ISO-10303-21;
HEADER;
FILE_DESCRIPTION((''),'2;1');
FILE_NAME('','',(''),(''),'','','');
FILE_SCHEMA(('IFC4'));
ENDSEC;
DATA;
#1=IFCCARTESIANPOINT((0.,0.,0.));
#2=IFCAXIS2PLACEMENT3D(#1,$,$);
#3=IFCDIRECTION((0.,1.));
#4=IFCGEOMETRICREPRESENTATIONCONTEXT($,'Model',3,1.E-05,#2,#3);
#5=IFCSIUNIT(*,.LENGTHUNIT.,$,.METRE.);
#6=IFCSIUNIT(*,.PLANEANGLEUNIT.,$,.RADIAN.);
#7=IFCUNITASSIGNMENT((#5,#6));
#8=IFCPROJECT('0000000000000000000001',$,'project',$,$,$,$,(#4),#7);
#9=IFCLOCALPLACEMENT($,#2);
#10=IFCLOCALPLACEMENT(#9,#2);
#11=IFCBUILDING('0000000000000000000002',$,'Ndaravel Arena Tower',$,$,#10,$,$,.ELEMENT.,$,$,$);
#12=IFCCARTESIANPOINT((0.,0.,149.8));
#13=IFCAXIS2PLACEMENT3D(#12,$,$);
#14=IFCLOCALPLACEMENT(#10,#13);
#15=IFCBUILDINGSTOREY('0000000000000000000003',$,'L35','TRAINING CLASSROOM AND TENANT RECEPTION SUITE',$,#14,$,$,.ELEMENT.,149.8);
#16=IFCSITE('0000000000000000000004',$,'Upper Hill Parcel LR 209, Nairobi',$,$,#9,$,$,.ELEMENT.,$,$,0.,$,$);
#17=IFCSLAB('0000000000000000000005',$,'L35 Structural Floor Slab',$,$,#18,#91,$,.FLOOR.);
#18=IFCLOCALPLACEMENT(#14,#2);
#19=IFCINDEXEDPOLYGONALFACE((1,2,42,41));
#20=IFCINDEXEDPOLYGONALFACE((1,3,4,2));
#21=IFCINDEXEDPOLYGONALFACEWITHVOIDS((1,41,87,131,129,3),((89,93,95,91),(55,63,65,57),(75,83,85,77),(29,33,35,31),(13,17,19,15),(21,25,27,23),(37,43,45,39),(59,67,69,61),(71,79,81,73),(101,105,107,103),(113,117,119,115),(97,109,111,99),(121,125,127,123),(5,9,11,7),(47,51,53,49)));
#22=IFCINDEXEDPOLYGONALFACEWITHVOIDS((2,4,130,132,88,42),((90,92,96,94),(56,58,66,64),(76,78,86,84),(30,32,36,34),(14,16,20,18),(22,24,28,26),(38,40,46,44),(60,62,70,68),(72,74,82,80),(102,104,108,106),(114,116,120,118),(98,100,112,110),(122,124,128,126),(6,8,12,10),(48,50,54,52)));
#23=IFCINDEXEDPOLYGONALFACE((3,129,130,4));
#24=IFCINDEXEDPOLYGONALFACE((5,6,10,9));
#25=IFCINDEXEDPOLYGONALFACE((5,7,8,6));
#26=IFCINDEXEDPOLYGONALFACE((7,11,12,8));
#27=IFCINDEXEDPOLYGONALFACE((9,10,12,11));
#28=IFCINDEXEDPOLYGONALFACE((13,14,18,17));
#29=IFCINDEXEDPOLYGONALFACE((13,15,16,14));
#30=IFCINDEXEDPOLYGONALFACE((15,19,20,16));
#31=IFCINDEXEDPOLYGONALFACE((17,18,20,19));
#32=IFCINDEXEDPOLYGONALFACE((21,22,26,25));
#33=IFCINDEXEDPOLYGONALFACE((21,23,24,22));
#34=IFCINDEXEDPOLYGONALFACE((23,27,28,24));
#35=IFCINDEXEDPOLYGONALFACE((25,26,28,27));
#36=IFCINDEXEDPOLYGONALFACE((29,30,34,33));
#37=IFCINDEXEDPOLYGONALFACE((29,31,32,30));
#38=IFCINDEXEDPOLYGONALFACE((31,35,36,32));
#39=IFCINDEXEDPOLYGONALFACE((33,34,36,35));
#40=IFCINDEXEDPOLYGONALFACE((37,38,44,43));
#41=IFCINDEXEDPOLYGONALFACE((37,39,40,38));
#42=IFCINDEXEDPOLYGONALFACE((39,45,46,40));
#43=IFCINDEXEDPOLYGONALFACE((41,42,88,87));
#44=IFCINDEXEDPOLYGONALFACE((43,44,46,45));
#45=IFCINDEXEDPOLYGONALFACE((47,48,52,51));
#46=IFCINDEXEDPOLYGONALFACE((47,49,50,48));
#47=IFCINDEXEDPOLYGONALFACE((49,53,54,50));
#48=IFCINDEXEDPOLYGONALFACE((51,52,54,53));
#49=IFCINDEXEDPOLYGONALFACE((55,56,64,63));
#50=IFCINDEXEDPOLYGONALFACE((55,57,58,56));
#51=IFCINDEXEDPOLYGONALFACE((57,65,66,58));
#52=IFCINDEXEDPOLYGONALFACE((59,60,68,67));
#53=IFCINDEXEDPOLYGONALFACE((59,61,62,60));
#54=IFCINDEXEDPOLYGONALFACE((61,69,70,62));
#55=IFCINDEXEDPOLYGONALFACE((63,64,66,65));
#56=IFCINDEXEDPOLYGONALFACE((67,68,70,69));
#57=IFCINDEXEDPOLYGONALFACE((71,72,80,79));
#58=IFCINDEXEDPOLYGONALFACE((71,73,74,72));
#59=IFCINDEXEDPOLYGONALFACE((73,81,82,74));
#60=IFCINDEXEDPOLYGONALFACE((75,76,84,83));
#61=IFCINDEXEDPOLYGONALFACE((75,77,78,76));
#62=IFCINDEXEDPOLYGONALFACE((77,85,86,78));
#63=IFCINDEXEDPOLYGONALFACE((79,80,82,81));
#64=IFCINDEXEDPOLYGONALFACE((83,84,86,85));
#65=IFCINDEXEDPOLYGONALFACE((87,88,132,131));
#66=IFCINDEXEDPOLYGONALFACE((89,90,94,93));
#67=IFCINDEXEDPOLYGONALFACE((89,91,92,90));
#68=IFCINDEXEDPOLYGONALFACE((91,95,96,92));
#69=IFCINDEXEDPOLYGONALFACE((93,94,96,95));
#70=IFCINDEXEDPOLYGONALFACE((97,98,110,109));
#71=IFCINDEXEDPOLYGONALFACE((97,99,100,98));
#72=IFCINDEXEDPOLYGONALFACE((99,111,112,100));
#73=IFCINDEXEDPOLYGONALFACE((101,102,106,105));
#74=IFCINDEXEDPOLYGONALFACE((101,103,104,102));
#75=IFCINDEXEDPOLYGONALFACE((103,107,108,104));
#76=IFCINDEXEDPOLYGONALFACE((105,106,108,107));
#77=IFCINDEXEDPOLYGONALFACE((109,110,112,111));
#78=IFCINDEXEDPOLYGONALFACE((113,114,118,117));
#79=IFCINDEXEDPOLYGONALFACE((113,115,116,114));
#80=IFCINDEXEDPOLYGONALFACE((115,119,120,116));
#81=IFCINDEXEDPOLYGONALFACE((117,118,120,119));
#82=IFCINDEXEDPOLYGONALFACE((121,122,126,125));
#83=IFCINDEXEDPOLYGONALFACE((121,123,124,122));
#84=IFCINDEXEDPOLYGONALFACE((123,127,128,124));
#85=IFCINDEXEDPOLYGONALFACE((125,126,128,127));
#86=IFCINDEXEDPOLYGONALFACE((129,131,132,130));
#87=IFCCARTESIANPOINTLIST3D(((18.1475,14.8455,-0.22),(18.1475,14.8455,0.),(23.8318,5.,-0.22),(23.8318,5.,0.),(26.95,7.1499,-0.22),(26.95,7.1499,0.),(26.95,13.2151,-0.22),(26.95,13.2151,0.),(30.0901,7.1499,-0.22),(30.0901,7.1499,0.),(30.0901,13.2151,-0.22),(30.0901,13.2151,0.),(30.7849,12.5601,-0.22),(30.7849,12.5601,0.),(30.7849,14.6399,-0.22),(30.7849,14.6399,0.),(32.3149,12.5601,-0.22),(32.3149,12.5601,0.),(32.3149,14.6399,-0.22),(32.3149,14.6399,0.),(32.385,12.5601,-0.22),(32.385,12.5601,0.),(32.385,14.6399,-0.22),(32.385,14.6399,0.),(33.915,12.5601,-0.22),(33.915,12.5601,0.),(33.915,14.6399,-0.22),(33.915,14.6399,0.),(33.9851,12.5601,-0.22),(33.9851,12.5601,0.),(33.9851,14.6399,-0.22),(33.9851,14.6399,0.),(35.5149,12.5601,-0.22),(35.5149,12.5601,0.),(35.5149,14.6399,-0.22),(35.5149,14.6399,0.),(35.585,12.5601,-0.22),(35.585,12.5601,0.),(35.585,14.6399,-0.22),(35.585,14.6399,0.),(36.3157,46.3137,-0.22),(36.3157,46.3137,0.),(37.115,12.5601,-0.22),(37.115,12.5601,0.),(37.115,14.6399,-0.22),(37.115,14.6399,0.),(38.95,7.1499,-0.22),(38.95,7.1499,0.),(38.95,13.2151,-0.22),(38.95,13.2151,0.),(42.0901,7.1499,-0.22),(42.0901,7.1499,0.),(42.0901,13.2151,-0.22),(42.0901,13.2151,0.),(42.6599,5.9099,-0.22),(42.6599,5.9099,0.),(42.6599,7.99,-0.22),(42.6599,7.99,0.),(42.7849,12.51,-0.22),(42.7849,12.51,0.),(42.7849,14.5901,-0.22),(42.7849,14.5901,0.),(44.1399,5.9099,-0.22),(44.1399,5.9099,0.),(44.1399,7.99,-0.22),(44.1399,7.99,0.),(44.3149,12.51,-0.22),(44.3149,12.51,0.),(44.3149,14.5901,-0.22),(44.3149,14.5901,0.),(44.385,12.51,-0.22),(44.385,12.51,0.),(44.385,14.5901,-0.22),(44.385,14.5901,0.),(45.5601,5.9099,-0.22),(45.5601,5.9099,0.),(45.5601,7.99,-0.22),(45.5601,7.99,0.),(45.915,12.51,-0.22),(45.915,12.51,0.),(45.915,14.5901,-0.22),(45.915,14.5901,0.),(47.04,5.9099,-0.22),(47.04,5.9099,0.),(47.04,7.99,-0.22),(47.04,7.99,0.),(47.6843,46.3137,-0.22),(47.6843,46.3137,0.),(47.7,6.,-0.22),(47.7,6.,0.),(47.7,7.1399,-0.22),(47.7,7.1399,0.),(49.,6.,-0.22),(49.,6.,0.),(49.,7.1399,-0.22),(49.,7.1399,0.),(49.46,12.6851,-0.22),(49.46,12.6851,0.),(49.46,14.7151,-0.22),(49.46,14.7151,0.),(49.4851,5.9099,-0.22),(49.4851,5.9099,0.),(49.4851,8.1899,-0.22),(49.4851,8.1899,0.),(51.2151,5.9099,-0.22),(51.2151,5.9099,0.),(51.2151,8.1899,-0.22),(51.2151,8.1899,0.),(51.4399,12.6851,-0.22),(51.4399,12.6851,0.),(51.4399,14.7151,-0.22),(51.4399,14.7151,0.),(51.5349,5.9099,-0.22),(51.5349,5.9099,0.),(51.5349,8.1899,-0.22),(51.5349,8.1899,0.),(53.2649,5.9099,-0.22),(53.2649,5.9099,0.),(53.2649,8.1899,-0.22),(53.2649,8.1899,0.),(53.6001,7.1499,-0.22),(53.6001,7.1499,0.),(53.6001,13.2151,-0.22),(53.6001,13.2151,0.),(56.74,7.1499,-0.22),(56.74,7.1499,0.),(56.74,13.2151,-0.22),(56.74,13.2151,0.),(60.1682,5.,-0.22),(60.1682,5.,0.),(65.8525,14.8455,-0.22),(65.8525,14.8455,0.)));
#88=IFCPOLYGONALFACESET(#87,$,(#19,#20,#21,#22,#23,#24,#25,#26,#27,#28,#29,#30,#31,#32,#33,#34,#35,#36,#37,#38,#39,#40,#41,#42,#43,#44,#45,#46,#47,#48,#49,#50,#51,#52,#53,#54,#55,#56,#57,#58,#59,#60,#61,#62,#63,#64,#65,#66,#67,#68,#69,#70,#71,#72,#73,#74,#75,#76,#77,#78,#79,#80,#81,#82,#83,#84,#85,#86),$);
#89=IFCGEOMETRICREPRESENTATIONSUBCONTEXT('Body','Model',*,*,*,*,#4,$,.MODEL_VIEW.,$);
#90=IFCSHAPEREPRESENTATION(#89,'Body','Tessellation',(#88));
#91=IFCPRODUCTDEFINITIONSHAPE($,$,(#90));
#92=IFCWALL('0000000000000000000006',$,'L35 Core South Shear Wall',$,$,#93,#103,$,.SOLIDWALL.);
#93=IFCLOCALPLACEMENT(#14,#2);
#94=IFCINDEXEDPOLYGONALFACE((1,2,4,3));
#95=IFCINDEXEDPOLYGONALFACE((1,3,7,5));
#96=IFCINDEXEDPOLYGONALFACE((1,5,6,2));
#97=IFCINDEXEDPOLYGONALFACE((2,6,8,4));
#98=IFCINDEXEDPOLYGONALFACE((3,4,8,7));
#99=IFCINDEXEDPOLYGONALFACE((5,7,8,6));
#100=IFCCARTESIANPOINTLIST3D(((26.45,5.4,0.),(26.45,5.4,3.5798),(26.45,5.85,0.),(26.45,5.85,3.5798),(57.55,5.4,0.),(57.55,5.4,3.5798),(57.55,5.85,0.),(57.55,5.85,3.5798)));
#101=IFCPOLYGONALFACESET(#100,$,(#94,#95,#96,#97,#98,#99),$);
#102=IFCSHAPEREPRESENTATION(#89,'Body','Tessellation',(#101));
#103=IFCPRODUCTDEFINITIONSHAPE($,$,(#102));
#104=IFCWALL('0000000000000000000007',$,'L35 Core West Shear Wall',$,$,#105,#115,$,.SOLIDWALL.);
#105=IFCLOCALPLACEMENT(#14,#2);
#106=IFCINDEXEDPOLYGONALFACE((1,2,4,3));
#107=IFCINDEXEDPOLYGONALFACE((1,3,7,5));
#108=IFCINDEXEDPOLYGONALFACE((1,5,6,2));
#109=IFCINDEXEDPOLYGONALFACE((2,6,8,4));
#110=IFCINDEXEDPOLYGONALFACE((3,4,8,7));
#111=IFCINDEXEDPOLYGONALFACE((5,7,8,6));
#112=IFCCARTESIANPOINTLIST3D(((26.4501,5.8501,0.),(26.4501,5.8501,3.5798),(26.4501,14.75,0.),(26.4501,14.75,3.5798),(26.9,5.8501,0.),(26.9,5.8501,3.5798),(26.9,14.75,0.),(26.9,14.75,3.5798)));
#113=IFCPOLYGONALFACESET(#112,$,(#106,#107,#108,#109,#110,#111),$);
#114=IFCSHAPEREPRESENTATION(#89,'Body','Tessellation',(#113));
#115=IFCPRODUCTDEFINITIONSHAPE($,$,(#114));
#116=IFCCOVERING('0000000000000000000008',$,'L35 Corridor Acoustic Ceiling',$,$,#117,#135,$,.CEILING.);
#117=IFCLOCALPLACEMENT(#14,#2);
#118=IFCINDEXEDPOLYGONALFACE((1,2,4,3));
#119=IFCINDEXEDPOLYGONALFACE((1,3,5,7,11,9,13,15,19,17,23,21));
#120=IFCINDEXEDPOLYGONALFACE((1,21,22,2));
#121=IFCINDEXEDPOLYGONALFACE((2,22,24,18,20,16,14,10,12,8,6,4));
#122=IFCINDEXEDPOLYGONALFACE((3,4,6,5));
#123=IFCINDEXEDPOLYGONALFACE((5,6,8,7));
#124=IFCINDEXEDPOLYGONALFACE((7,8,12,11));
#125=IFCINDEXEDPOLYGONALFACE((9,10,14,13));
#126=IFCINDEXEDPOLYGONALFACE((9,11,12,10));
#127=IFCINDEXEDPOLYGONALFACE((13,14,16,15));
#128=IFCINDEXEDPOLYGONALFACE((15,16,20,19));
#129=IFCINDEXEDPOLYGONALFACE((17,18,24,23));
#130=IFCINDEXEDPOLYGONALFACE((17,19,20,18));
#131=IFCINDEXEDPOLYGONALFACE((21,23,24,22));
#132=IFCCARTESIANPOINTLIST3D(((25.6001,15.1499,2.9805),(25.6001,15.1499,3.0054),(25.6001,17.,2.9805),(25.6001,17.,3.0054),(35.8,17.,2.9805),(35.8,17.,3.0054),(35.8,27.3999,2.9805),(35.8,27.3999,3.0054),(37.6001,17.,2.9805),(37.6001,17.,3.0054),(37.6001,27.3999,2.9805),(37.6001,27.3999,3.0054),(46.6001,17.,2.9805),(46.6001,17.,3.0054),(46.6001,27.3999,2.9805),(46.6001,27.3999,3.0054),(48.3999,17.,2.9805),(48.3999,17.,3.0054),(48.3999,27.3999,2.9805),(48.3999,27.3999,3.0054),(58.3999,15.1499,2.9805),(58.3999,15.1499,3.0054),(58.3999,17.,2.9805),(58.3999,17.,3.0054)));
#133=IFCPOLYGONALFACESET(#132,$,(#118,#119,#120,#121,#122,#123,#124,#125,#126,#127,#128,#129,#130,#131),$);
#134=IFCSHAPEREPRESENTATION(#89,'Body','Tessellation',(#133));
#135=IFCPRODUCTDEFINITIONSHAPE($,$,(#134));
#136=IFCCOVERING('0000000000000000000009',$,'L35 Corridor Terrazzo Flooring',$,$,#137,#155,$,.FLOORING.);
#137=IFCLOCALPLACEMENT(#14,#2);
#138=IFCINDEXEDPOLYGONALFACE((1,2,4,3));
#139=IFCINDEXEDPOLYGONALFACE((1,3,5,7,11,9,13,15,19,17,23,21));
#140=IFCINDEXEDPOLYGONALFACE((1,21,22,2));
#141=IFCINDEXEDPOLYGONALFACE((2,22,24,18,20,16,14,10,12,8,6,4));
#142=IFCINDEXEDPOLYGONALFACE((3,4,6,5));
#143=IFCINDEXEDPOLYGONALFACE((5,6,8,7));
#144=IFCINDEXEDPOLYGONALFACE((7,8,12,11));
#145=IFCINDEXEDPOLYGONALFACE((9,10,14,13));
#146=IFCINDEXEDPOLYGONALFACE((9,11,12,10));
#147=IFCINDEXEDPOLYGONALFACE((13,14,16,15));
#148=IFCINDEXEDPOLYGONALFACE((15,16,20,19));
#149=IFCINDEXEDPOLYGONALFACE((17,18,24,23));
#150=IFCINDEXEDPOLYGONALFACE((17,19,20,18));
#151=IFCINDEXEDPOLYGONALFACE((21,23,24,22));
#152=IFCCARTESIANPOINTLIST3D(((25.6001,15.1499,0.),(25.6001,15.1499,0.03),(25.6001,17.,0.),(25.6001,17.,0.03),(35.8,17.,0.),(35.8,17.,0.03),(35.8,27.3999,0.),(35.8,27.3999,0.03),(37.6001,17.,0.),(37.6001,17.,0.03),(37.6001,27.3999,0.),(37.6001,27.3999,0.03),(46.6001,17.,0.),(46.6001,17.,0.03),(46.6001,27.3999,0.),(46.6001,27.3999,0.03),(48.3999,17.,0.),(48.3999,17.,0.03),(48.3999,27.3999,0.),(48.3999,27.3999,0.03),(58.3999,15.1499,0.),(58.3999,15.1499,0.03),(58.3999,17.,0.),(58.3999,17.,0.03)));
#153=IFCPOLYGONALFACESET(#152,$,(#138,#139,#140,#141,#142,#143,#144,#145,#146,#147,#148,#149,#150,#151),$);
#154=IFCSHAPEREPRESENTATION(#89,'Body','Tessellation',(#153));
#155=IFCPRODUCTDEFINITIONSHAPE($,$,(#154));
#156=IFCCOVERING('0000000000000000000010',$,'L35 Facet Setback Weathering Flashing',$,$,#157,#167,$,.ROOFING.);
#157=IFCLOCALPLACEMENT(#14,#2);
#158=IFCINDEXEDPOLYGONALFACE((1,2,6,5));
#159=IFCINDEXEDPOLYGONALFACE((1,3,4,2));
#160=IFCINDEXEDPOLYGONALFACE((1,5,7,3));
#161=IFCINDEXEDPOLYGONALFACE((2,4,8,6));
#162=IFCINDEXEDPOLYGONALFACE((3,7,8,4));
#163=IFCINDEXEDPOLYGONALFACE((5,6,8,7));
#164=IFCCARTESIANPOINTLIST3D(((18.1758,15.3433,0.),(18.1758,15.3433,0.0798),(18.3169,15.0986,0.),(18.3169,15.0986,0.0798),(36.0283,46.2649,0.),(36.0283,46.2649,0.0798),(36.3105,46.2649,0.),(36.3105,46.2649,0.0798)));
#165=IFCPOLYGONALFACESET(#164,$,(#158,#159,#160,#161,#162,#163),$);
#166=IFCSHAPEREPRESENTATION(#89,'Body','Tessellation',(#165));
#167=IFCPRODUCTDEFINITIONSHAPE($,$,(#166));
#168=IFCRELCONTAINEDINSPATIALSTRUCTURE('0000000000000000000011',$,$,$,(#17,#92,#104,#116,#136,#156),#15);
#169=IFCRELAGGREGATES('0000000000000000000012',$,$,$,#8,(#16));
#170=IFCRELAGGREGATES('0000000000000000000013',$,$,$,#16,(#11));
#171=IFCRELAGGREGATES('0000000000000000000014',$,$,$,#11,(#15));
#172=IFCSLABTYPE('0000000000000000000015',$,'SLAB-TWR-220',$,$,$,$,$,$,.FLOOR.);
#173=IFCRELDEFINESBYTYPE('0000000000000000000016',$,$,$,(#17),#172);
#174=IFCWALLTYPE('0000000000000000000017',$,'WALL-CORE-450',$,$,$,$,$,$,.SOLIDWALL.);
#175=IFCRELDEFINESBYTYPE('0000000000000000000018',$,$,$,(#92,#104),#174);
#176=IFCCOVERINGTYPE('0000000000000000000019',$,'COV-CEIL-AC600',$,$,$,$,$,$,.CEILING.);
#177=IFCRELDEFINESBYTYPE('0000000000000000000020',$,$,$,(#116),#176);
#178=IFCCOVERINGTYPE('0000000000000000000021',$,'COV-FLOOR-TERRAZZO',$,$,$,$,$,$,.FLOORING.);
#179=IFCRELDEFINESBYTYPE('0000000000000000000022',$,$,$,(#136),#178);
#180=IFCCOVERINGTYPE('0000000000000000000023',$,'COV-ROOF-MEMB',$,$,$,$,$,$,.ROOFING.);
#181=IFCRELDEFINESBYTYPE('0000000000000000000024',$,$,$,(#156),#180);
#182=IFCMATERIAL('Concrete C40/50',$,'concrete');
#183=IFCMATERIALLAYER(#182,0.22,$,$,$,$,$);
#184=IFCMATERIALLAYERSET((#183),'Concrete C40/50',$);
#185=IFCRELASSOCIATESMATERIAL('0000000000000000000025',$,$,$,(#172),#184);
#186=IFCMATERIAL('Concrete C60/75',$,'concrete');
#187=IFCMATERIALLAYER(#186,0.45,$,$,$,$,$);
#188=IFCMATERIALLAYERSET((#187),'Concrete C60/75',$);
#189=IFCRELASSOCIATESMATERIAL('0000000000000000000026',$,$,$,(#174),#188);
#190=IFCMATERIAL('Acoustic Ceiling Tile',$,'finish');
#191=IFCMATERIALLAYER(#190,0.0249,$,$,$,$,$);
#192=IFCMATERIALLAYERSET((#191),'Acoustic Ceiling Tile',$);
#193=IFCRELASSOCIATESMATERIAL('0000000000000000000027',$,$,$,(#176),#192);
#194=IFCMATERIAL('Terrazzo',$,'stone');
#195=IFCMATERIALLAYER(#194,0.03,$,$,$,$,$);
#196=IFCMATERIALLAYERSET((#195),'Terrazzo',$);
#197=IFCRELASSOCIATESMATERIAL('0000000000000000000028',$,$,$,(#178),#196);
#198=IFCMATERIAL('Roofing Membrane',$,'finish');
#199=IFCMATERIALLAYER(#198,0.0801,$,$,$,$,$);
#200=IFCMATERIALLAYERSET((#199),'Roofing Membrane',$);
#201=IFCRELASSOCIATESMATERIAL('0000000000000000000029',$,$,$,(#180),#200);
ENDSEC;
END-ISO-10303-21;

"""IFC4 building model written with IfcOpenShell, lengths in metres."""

from ifc_helpers import new_model, si_unit, direction, frame, frame_2d, origin, place, context, subcontext, project, spatial, polyline, rectangle, outline, extrude, material, layer, layer_set, type_object, element, save


model = new_model("IFC4")

# Units and contexts
model_context = context("Model", 3, precision=1e-05, world=origin(), true_north=direction((0.0, 1.0)))
body_context = subcontext(model_context, "Body", "Model", "MODEL_VIEW")
ifc_project = project(units=[si_unit("LENGTHUNIT", "METRE"), si_unit("PLANEANGLEUNIT", "RADIAN")], contexts=[model_context])

# Site, building, storey
site_placement = place(None, origin())
site = spatial("IfcSite", under=ifc_project, at=site_placement, Name="Upper Hill Parcel LR 209, Nairobi", CompositionType="ELEMENT", RefElevation=0.0)
building_placement = place(site_placement, origin())
building = spatial("IfcBuilding", under=site, at=building_placement, Name="Ndaravel Arena Tower", CompositionType="ELEMENT")
storey_placement = place(building_placement, frame((0.0, 0.0, 149.8)))
storey = spatial("IfcBuildingStorey", under=building, at=storey_placement, Name="L35", Description="TRAINING CLASSROOM AND TENANT RECEPTION SUITE", CompositionType="ELEMENT", Elevation=149.8)

# Slab
ifc_material_1 = material(Name="Concrete C40/50", Category="concrete")
ifc_layer_1 = layer(ifc_material_1, 0.22)
ifc_layer_set_1 = layer_set([ifc_layer_1], Name="Concrete C40/50")
slab_type_1 = type_object("IfcSlabType", Name="SLAB-TWR-220", PredefinedType="FLOOR", material=ifc_layer_set_1)
slab_1_placement = place(storey_placement, frame((0.0, 0.0, -0.22)))
element("IfcSlab", 1, at=slab_1_placement, inside=storey, type_object=slab_type_1, Name="L35 Structural Floor Slab", PredefinedType="FLOOR", context=body_context, shape_type="SweptSolid", body=[
    extrude(outline(polyline([(18.1475, 14.8455), (23.8318, 5.0), (60.1682, 5.0), (65.8525, 14.8455), (47.6843, 46.3137), (36.3157, 46.3137), (18.1475, 14.8455)]), holes=[polyline([(26.95, 13.2151), (26.95, 7.1499), (30.0901, 7.1499), (30.0901, 13.2151), (26.95, 13.2151)]), polyline([(38.95, 13.2151), (38.95, 7.1499), (42.0901, 7.1499), (42.0901, 13.2151), (38.95, 13.2151)]), polyline([(53.6001, 13.2151), (53.6001, 7.1499), (56.74, 7.1499), (56.74, 13.2151), (53.6001, 13.2151)]), polyline([(30.7849, 12.5601), (32.3149, 12.5601), (32.3149, 14.6399), (30.7849, 14.6399), (30.7849, 12.5601)]), polyline([(32.385, 12.5601), (33.915, 12.5601), (33.915, 14.6399), (32.385, 14.6399), (32.385, 12.5601)]), polyline([(33.9851, 12.5601), (35.5149, 12.5601), (35.5149, 14.6399), (33.9851, 14.6399), (33.9851, 12.5601)]), polyline([(35.585, 12.5601), (37.115, 12.5601), (37.115, 14.6399), (35.585, 14.6399), (35.585, 12.5601)]), polyline([(42.6599, 5.9099), (44.1399, 5.9099), (44.1399, 7.99), (42.6599, 7.99), (42.6599, 5.9099)]), polyline([(45.5601, 5.9099), (47.04, 5.9099), (47.04, 7.99), (45.5601, 7.99), (45.5601, 5.9099)]), polyline([(42.7849, 12.51), (44.3149, 12.51), (44.3149, 14.5901), (42.7849, 14.5901), (42.7849, 12.51)]), polyline([(44.385, 12.51), (45.915, 12.51), (45.915, 14.5901), (44.385, 14.5901), (44.385, 12.51)]), polyline([(49.4851, 5.9099), (51.2151, 5.9099), (51.2151, 8.1899), (49.4851, 8.1899), (49.4851, 5.9099)]), polyline([(51.5349, 5.9099), (53.2649, 5.9099), (53.2649, 8.1899), (51.5349, 8.1899), (51.5349, 5.9099)]), polyline([(49.46, 12.6851), (51.4399, 12.6851), (51.4399, 14.7151), (49.46, 14.7151), (49.46, 12.6851)]), polyline([(47.7, 6.0), (49.0, 6.0), (49.0, 7.1399), (47.7, 7.1399), (47.7, 6.0)])]), origin(), (0.0, 0.0, 1.0), 0.22),
])

# Walls
ifc_material_2 = material(Name="Concrete C60/75", Category="concrete")
ifc_layer_2 = layer(ifc_material_2, 0.45)
ifc_layer_set_2 = layer_set([ifc_layer_2], Name="Concrete C60/75")
wall_type = type_object("IfcWallType", Name="WALL-CORE-450", PredefinedType="SOLIDWALL", material=ifc_layer_set_2)
wall_1_placement = place(storey_placement, frame((26.45, 5.625, 0.0), z_axis=(0.0, 0.0, 1.0), x_axis=(1.0, 0.0, 0.0)))
element("IfcWall", 2, at=wall_1_placement, inside=storey, type_object=wall_type, Name="L35 Core South Shear Wall", PredefinedType="SOLIDWALL", context=body_context, shape_type="SweptSolid", body=[
    extrude(rectangle(XDim=31.1001, YDim=0.45, at=frame_2d((15.55, 0.0))), origin(), (0.0, 0.0, 1.0), 3.5798),
])
wall_2_placement = place(storey_placement, frame((26.675, 5.8501, 0.0), z_axis=(0.0, 0.0, 1.0), x_axis=(0.0, 1.0, 0.0)))
element("IfcWall", 3, at=wall_2_placement, inside=storey, type_object=wall_type, Name="L35 Core West Shear Wall", PredefinedType="SOLIDWALL", context=body_context, shape_type="SweptSolid", body=[
    extrude(rectangle(XDim=8.8999, YDim=0.45, at=frame_2d((4.45, 0.0))), origin(), (0.0, 0.0, 1.0), 3.5798),
])

# Coverings
ifc_material_3 = material(Name="Acoustic Ceiling Tile", Category="finish")
ifc_layer_3 = layer(ifc_material_3, 0.0249)
ifc_layer_set_3 = layer_set([ifc_layer_3], Name="Acoustic Ceiling Tile")
covering_type_1 = type_object("IfcCoveringType", Name="COV-CEIL-AC600", PredefinedType="CEILING", material=ifc_layer_set_3)
covering_1_placement = place(storey_placement, frame((0.0, 0.0, 2.9805)))
element("IfcCovering", 4, at=covering_1_placement, inside=storey, type_object=covering_type_1, Name="L35 Corridor Acoustic Ceiling", PredefinedType="CEILING", context=body_context, shape_type="SweptSolid", body=[
    extrude(outline(polyline([(58.3999, 17.0), (48.3999, 17.0), (48.3999, 27.3999), (46.6001, 27.3999), (46.6001, 17.0), (37.6001, 17.0), (37.6001, 27.3999), (35.8, 27.3999), (35.8, 17.0), (25.6001, 17.0), (25.6001, 15.1499), (58.3999, 15.1499), (58.3999, 17.0)])), origin(), (0.0, 0.0, 1.0), 0.0249),
])
ifc_material_4 = material(Name="Terrazzo", Category="stone")
ifc_layer_4 = layer(ifc_material_4, 0.03)
ifc_layer_set_4 = layer_set([ifc_layer_4], Name="Terrazzo")
covering_type_2 = type_object("IfcCoveringType", Name="COV-FLOOR-TERRAZZO", PredefinedType="FLOORING", material=ifc_layer_set_4)
covering_2_placement = place(storey_placement, origin())
element("IfcCovering", 5, at=covering_2_placement, inside=storey, type_object=covering_type_2, Name="L35 Corridor Terrazzo Flooring", PredefinedType="FLOORING", context=body_context, shape_type="SweptSolid", body=[
    extrude(outline(polyline([(58.3999, 17.0), (48.3999, 17.0), (48.3999, 27.3999), (46.6001, 27.3999), (46.6001, 17.0), (37.6001, 17.0), (37.6001, 27.3999), (35.8, 27.3999), (35.8, 17.0), (25.6001, 17.0), (25.6001, 15.1499), (58.3999, 15.1499), (58.3999, 17.0)])), origin(), (0.0, 0.0, 1.0), 0.03),
])
ifc_material_5 = material(Name="Roofing Membrane", Category="finish")
ifc_layer_5 = layer(ifc_material_5, 0.0801)
ifc_layer_set_5 = layer_set([ifc_layer_5], Name="Roofing Membrane")
covering_type_3 = type_object("IfcCoveringType", Name="COV-ROOF-MEMB", PredefinedType="ROOFING", material=ifc_layer_set_5)
covering_3_placement = place(storey_placement, origin())
element("IfcCovering", 6, at=covering_3_placement, inside=storey, type_object=covering_type_3, Name="L35 Facet Setback Weathering Flashing", PredefinedType="ROOFING", context=body_context, shape_type="SweptSolid", body=[
    extrude(outline(polyline([(18.1758, 15.3433), (36.0283, 46.2649), (36.3105, 46.2649), (18.3169, 15.0986), (18.1758, 15.3433)])), origin(), (0.0, 0.0, 1.0), 0.0798),
])

save(model, "model.ifc")
